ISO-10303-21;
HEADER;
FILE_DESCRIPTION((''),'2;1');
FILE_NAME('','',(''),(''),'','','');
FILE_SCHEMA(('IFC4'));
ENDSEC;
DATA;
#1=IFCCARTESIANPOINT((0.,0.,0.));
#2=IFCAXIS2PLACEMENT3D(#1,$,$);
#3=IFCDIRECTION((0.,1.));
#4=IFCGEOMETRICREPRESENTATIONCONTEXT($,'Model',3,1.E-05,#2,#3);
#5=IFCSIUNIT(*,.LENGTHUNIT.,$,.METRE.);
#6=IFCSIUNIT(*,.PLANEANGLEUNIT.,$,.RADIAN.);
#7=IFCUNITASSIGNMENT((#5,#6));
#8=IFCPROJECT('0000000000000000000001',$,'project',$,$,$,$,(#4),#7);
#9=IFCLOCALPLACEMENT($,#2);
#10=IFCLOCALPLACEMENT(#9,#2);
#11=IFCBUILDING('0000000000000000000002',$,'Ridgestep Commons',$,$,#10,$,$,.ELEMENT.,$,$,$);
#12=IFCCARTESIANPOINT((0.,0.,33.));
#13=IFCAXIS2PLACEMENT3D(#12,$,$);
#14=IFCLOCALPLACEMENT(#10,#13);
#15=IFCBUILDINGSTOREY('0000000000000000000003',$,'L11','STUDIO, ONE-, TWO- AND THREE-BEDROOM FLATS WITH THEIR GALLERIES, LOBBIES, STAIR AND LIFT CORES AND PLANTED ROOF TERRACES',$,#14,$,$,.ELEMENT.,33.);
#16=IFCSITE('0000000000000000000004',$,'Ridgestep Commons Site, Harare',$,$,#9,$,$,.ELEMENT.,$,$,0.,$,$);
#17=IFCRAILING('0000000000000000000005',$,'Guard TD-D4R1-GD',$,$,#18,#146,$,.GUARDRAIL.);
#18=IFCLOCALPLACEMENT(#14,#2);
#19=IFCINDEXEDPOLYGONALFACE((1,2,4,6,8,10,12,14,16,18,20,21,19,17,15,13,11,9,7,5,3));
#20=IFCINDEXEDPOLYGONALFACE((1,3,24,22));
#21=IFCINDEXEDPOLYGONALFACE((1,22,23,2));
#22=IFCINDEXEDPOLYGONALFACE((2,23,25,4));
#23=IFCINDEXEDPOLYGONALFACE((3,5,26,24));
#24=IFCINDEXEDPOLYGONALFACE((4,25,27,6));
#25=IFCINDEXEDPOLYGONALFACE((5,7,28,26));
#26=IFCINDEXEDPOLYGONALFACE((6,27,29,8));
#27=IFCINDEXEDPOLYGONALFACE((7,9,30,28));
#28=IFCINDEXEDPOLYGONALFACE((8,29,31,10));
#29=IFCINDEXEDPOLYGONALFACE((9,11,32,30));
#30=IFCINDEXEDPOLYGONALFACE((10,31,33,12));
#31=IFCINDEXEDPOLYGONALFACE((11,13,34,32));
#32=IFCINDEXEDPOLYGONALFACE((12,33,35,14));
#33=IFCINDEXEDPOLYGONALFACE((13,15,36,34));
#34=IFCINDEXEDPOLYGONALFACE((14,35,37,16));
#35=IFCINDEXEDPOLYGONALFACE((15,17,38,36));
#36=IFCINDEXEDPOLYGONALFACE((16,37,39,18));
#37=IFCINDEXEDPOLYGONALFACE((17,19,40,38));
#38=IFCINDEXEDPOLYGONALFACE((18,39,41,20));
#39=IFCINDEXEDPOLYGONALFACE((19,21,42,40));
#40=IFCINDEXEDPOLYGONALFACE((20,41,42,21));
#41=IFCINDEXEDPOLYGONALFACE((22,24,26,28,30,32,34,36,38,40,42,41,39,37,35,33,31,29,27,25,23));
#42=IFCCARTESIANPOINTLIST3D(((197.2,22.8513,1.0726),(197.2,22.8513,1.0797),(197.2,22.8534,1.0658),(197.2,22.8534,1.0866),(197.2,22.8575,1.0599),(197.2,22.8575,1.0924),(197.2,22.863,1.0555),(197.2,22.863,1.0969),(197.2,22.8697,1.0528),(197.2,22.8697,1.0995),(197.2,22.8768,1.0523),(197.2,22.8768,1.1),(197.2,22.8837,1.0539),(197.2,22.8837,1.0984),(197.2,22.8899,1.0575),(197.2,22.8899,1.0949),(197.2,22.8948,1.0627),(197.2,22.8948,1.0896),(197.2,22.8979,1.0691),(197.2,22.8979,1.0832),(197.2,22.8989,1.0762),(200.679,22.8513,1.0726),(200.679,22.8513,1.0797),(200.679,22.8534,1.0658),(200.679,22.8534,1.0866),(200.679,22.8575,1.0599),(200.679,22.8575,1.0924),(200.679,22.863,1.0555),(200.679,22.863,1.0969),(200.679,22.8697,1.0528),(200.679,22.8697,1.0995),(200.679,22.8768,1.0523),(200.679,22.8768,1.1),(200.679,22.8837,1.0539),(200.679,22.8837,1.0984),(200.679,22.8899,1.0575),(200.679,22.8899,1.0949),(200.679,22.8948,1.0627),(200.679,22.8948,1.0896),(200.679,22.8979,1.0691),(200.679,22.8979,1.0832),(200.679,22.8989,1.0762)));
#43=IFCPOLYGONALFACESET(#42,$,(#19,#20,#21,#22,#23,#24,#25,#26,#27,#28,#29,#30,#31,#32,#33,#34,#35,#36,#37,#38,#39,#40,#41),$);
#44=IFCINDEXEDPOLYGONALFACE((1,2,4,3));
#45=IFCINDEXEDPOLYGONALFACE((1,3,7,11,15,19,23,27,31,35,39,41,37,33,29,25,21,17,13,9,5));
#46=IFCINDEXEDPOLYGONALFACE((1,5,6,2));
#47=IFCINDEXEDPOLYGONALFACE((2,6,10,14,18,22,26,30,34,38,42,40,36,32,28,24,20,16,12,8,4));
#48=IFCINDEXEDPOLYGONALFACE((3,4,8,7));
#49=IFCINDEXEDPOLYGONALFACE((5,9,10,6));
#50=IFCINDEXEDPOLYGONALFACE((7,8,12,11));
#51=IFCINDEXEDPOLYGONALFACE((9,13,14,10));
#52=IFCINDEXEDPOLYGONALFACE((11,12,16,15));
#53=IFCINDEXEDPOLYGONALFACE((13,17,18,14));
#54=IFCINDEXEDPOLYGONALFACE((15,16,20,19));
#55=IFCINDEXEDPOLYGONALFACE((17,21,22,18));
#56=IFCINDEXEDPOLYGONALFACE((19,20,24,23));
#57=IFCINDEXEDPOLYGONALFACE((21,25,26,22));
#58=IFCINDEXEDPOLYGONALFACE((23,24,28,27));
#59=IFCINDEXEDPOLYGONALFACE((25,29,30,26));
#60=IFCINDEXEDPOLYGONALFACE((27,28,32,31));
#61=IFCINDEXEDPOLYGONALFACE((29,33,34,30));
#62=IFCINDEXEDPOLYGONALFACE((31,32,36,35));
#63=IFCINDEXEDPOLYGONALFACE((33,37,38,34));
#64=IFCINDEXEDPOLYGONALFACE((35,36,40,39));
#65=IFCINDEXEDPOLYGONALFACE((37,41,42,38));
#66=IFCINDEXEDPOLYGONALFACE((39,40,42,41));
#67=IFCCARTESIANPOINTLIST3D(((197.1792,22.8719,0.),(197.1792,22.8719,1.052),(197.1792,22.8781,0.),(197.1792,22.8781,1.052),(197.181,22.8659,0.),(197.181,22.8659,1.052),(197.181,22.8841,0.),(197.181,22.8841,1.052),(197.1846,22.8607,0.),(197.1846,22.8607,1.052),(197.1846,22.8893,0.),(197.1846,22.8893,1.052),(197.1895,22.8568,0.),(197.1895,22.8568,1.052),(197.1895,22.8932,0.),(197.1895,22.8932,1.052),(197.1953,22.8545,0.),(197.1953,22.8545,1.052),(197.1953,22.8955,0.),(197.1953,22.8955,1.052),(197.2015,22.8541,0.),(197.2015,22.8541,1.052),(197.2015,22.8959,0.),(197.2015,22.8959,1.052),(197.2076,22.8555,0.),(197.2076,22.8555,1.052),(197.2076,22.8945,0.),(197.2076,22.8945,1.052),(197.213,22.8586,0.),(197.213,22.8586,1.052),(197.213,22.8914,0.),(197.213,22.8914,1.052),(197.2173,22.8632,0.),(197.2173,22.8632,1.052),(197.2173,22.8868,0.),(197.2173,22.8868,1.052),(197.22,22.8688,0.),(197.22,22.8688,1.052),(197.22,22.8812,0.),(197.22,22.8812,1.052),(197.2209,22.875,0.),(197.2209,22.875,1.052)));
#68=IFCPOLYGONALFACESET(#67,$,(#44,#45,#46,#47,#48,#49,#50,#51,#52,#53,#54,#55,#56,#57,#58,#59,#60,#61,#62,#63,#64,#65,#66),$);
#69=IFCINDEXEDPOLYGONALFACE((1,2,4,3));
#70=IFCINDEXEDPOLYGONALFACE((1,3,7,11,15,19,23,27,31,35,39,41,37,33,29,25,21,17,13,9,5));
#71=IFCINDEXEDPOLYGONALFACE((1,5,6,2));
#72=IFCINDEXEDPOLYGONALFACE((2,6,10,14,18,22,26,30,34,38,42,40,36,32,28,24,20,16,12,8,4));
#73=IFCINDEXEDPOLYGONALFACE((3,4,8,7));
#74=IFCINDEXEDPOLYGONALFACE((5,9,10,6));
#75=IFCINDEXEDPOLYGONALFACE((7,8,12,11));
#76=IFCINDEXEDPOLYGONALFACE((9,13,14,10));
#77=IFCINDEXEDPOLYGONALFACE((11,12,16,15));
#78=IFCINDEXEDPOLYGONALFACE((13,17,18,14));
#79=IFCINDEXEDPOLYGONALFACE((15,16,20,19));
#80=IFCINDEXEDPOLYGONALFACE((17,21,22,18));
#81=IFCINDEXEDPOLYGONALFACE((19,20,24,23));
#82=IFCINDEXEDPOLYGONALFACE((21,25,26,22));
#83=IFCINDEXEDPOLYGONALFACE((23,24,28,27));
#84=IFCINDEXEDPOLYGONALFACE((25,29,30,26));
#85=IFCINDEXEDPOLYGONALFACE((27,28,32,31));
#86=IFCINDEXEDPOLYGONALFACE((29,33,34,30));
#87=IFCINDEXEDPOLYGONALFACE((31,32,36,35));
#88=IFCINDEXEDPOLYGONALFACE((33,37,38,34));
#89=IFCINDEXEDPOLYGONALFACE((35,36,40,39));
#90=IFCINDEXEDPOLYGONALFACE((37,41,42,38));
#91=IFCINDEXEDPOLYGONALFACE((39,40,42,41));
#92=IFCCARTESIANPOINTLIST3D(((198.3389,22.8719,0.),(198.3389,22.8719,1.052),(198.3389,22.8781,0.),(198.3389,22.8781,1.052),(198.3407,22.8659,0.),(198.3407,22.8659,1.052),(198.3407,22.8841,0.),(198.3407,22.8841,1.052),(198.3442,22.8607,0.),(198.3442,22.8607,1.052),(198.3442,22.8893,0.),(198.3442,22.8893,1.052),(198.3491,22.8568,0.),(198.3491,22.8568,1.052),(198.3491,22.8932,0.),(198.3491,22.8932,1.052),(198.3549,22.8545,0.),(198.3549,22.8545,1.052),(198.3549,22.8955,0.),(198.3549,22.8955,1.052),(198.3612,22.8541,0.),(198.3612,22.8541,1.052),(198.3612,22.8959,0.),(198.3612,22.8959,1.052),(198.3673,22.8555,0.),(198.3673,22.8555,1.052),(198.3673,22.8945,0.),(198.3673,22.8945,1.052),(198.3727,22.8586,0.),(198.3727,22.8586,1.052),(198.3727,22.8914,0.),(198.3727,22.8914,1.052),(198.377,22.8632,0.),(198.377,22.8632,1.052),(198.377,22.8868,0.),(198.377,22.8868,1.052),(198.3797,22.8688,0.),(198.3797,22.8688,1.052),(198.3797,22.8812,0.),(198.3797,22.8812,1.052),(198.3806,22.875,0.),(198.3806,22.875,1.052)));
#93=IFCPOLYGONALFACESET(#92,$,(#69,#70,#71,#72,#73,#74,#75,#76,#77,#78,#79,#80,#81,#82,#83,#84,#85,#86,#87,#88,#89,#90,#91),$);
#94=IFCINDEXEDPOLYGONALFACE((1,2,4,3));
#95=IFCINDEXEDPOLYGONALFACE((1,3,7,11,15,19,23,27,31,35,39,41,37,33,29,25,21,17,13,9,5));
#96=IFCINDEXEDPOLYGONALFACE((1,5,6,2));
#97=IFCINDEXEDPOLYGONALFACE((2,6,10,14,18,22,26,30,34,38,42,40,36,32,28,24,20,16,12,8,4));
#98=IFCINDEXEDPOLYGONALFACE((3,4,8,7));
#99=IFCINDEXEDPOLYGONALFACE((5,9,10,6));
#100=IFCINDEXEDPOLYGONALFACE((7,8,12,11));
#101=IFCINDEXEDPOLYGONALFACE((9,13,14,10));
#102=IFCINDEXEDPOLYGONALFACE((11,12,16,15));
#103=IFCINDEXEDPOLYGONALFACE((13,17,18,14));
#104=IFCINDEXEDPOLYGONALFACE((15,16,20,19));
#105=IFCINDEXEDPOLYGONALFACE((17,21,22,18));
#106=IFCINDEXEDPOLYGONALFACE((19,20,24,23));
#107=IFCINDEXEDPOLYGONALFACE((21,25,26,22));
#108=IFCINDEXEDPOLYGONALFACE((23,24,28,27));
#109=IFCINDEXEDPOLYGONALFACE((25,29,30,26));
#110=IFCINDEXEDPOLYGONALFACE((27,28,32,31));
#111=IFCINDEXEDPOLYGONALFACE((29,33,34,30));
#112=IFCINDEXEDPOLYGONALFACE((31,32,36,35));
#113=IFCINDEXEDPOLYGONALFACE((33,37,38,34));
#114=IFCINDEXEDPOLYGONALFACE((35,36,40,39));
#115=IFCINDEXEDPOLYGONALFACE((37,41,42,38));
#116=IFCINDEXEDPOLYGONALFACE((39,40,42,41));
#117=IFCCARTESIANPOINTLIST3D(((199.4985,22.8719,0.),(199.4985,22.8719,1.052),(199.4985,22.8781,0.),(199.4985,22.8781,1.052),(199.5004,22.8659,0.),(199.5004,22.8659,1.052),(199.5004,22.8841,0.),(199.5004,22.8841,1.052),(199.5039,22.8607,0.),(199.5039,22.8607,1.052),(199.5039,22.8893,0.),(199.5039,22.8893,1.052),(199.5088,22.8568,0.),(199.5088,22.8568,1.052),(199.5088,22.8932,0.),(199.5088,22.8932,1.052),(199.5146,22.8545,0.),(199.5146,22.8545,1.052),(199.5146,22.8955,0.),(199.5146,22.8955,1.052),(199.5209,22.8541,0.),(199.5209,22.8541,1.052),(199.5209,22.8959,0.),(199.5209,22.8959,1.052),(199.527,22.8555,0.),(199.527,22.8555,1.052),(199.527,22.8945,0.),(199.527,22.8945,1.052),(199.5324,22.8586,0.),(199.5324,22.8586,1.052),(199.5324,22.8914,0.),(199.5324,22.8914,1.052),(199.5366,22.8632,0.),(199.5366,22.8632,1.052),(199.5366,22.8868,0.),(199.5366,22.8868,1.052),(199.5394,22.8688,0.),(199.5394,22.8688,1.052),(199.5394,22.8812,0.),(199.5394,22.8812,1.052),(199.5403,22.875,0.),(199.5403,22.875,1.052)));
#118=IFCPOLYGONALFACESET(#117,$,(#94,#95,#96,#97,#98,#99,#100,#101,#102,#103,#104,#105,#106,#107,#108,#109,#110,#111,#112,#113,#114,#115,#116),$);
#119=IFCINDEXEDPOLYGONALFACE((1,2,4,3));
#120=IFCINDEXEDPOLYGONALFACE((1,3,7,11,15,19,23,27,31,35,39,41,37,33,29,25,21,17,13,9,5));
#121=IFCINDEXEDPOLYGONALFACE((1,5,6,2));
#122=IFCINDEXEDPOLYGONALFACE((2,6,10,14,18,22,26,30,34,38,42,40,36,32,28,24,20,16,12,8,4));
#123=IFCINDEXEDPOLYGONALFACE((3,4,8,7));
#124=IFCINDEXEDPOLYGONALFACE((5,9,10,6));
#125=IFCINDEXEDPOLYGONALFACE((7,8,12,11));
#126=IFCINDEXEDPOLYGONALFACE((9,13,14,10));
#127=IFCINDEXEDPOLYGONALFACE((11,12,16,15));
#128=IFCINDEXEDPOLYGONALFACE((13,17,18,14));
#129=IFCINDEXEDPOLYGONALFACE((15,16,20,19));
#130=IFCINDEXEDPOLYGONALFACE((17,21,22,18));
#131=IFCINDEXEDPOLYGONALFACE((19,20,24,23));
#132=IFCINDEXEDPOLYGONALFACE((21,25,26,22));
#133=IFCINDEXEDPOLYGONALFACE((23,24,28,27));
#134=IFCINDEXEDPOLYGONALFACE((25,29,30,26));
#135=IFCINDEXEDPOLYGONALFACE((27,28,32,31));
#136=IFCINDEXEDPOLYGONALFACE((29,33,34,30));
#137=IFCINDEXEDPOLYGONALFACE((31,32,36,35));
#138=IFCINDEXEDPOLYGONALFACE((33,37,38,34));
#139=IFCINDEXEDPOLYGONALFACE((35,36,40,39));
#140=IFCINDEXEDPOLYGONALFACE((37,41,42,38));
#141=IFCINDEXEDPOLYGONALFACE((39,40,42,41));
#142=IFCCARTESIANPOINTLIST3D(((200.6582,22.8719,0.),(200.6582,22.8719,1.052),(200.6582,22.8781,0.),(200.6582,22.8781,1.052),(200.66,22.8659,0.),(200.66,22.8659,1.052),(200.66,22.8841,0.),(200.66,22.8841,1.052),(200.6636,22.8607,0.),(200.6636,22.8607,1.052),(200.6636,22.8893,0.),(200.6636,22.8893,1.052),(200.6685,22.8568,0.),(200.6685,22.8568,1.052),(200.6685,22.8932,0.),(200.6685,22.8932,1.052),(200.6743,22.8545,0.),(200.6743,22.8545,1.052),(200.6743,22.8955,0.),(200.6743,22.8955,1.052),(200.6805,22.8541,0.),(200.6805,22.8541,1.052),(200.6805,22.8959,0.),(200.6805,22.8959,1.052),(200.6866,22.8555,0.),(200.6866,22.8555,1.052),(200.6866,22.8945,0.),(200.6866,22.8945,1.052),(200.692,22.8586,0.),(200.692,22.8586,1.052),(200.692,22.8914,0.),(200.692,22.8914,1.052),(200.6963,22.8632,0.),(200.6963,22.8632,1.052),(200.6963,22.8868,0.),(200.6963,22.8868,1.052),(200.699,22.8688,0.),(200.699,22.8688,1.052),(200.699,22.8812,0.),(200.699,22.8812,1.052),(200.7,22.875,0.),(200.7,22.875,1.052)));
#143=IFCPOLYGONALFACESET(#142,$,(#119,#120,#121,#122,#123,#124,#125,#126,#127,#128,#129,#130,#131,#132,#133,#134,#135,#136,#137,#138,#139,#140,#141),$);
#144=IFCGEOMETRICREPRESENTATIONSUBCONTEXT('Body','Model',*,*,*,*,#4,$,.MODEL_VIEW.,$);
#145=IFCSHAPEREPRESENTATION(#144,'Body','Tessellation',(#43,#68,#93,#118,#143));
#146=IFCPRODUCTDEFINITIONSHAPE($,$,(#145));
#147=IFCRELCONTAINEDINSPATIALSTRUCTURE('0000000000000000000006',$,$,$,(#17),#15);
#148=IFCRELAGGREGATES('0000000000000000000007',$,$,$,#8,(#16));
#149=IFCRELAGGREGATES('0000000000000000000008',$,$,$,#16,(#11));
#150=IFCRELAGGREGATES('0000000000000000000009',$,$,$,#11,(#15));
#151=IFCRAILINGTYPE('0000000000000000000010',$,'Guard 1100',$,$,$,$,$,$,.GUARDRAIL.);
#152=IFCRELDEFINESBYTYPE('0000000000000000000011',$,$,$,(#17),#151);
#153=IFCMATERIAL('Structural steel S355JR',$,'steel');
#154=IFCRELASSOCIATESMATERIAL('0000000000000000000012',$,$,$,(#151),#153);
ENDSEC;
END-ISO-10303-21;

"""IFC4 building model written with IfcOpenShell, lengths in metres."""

from ifc_helpers import new_model, si_unit, direction, frame, origin, origin_2d, place, context, subcontext, project, spatial, circle, extrude, material, type_object, element, save


model = new_model("IFC4")

# Units and contexts
model_context = context("Model", 3, precision=1e-05, world=origin(), true_north=direction((0.0, 1.0)))
body_context = subcontext(model_context, "Body", "Model", "MODEL_VIEW")
ifc_project = project(units=[si_unit("LENGTHUNIT", "METRE"), si_unit("PLANEANGLEUNIT", "RADIAN")], contexts=[model_context])

# Site, building, storey
site_placement = place(None, origin())
site = spatial("IfcSite", under=ifc_project, at=site_placement, Name="Ridgestep Commons Site, Harare", CompositionType="ELEMENT", RefElevation=0.0)
building_placement = place(site_placement, origin())
building = spatial("IfcBuilding", under=site, at=building_placement, Name="Ridgestep Commons", CompositionType="ELEMENT")
storey_placement = place(building_placement, frame((0.0, 0.0, 33.0)))
storey = spatial("IfcBuildingStorey", under=building, at=storey_placement, Name="L11", Description="STUDIO, ONE-, TWO- AND THREE-BEDROOM FLATS WITH THEIR GALLERIES, LOBBIES, STAIR AND LIFT CORES AND PLANTED ROOF TERRACES", CompositionType="ELEMENT", Elevation=33.0)

# Railing
ifc_material_1 = material(Name="Structural steel S355JR", Category="steel")
railing_type_1 = type_object("IfcRailingType", Name="Guard 1100", PredefinedType="GUARDRAIL", material=ifc_material_1)
railing_1_placement = place(storey_placement, frame((197.2, 22.875, 0.0)))
element("IfcRailing", 1, at=railing_1_placement, inside=storey, type_object=railing_type_1, Name="Guard TD-D4R1-GD", PredefinedType="GUARDRAIL", context=body_context, shape_type="SweptSolid", body=[
    extrude(circle(Radius=0.0239, at=origin_2d()), frame((0.0, 0.0, 1.0762), z_axis=(1.0, 0.0, 0.0), x_axis=(0.0, 1.0, 0.0)), (0.0, 0.0, 1.0), 3.479),
    extrude(circle(Radius=0.021, at=origin_2d()), origin(), (0.0, 0.0, 1.0), 1.052),
    extrude(circle(Radius=0.021, at=origin_2d()), frame((1.1597, 0.0, 0.0)), (0.0, 0.0, 1.0), 1.052),
    extrude(circle(Radius=0.021, at=origin_2d()), frame((2.3193, 0.0, 0.0)), (0.0, 0.0, 1.0), 1.052),
    extrude(circle(Radius=0.021, at=origin_2d()), frame((3.479, 0.0, 0.0)), (0.0, 0.0, 1.0), 1.052),
])

save(model, "model.ifc")
